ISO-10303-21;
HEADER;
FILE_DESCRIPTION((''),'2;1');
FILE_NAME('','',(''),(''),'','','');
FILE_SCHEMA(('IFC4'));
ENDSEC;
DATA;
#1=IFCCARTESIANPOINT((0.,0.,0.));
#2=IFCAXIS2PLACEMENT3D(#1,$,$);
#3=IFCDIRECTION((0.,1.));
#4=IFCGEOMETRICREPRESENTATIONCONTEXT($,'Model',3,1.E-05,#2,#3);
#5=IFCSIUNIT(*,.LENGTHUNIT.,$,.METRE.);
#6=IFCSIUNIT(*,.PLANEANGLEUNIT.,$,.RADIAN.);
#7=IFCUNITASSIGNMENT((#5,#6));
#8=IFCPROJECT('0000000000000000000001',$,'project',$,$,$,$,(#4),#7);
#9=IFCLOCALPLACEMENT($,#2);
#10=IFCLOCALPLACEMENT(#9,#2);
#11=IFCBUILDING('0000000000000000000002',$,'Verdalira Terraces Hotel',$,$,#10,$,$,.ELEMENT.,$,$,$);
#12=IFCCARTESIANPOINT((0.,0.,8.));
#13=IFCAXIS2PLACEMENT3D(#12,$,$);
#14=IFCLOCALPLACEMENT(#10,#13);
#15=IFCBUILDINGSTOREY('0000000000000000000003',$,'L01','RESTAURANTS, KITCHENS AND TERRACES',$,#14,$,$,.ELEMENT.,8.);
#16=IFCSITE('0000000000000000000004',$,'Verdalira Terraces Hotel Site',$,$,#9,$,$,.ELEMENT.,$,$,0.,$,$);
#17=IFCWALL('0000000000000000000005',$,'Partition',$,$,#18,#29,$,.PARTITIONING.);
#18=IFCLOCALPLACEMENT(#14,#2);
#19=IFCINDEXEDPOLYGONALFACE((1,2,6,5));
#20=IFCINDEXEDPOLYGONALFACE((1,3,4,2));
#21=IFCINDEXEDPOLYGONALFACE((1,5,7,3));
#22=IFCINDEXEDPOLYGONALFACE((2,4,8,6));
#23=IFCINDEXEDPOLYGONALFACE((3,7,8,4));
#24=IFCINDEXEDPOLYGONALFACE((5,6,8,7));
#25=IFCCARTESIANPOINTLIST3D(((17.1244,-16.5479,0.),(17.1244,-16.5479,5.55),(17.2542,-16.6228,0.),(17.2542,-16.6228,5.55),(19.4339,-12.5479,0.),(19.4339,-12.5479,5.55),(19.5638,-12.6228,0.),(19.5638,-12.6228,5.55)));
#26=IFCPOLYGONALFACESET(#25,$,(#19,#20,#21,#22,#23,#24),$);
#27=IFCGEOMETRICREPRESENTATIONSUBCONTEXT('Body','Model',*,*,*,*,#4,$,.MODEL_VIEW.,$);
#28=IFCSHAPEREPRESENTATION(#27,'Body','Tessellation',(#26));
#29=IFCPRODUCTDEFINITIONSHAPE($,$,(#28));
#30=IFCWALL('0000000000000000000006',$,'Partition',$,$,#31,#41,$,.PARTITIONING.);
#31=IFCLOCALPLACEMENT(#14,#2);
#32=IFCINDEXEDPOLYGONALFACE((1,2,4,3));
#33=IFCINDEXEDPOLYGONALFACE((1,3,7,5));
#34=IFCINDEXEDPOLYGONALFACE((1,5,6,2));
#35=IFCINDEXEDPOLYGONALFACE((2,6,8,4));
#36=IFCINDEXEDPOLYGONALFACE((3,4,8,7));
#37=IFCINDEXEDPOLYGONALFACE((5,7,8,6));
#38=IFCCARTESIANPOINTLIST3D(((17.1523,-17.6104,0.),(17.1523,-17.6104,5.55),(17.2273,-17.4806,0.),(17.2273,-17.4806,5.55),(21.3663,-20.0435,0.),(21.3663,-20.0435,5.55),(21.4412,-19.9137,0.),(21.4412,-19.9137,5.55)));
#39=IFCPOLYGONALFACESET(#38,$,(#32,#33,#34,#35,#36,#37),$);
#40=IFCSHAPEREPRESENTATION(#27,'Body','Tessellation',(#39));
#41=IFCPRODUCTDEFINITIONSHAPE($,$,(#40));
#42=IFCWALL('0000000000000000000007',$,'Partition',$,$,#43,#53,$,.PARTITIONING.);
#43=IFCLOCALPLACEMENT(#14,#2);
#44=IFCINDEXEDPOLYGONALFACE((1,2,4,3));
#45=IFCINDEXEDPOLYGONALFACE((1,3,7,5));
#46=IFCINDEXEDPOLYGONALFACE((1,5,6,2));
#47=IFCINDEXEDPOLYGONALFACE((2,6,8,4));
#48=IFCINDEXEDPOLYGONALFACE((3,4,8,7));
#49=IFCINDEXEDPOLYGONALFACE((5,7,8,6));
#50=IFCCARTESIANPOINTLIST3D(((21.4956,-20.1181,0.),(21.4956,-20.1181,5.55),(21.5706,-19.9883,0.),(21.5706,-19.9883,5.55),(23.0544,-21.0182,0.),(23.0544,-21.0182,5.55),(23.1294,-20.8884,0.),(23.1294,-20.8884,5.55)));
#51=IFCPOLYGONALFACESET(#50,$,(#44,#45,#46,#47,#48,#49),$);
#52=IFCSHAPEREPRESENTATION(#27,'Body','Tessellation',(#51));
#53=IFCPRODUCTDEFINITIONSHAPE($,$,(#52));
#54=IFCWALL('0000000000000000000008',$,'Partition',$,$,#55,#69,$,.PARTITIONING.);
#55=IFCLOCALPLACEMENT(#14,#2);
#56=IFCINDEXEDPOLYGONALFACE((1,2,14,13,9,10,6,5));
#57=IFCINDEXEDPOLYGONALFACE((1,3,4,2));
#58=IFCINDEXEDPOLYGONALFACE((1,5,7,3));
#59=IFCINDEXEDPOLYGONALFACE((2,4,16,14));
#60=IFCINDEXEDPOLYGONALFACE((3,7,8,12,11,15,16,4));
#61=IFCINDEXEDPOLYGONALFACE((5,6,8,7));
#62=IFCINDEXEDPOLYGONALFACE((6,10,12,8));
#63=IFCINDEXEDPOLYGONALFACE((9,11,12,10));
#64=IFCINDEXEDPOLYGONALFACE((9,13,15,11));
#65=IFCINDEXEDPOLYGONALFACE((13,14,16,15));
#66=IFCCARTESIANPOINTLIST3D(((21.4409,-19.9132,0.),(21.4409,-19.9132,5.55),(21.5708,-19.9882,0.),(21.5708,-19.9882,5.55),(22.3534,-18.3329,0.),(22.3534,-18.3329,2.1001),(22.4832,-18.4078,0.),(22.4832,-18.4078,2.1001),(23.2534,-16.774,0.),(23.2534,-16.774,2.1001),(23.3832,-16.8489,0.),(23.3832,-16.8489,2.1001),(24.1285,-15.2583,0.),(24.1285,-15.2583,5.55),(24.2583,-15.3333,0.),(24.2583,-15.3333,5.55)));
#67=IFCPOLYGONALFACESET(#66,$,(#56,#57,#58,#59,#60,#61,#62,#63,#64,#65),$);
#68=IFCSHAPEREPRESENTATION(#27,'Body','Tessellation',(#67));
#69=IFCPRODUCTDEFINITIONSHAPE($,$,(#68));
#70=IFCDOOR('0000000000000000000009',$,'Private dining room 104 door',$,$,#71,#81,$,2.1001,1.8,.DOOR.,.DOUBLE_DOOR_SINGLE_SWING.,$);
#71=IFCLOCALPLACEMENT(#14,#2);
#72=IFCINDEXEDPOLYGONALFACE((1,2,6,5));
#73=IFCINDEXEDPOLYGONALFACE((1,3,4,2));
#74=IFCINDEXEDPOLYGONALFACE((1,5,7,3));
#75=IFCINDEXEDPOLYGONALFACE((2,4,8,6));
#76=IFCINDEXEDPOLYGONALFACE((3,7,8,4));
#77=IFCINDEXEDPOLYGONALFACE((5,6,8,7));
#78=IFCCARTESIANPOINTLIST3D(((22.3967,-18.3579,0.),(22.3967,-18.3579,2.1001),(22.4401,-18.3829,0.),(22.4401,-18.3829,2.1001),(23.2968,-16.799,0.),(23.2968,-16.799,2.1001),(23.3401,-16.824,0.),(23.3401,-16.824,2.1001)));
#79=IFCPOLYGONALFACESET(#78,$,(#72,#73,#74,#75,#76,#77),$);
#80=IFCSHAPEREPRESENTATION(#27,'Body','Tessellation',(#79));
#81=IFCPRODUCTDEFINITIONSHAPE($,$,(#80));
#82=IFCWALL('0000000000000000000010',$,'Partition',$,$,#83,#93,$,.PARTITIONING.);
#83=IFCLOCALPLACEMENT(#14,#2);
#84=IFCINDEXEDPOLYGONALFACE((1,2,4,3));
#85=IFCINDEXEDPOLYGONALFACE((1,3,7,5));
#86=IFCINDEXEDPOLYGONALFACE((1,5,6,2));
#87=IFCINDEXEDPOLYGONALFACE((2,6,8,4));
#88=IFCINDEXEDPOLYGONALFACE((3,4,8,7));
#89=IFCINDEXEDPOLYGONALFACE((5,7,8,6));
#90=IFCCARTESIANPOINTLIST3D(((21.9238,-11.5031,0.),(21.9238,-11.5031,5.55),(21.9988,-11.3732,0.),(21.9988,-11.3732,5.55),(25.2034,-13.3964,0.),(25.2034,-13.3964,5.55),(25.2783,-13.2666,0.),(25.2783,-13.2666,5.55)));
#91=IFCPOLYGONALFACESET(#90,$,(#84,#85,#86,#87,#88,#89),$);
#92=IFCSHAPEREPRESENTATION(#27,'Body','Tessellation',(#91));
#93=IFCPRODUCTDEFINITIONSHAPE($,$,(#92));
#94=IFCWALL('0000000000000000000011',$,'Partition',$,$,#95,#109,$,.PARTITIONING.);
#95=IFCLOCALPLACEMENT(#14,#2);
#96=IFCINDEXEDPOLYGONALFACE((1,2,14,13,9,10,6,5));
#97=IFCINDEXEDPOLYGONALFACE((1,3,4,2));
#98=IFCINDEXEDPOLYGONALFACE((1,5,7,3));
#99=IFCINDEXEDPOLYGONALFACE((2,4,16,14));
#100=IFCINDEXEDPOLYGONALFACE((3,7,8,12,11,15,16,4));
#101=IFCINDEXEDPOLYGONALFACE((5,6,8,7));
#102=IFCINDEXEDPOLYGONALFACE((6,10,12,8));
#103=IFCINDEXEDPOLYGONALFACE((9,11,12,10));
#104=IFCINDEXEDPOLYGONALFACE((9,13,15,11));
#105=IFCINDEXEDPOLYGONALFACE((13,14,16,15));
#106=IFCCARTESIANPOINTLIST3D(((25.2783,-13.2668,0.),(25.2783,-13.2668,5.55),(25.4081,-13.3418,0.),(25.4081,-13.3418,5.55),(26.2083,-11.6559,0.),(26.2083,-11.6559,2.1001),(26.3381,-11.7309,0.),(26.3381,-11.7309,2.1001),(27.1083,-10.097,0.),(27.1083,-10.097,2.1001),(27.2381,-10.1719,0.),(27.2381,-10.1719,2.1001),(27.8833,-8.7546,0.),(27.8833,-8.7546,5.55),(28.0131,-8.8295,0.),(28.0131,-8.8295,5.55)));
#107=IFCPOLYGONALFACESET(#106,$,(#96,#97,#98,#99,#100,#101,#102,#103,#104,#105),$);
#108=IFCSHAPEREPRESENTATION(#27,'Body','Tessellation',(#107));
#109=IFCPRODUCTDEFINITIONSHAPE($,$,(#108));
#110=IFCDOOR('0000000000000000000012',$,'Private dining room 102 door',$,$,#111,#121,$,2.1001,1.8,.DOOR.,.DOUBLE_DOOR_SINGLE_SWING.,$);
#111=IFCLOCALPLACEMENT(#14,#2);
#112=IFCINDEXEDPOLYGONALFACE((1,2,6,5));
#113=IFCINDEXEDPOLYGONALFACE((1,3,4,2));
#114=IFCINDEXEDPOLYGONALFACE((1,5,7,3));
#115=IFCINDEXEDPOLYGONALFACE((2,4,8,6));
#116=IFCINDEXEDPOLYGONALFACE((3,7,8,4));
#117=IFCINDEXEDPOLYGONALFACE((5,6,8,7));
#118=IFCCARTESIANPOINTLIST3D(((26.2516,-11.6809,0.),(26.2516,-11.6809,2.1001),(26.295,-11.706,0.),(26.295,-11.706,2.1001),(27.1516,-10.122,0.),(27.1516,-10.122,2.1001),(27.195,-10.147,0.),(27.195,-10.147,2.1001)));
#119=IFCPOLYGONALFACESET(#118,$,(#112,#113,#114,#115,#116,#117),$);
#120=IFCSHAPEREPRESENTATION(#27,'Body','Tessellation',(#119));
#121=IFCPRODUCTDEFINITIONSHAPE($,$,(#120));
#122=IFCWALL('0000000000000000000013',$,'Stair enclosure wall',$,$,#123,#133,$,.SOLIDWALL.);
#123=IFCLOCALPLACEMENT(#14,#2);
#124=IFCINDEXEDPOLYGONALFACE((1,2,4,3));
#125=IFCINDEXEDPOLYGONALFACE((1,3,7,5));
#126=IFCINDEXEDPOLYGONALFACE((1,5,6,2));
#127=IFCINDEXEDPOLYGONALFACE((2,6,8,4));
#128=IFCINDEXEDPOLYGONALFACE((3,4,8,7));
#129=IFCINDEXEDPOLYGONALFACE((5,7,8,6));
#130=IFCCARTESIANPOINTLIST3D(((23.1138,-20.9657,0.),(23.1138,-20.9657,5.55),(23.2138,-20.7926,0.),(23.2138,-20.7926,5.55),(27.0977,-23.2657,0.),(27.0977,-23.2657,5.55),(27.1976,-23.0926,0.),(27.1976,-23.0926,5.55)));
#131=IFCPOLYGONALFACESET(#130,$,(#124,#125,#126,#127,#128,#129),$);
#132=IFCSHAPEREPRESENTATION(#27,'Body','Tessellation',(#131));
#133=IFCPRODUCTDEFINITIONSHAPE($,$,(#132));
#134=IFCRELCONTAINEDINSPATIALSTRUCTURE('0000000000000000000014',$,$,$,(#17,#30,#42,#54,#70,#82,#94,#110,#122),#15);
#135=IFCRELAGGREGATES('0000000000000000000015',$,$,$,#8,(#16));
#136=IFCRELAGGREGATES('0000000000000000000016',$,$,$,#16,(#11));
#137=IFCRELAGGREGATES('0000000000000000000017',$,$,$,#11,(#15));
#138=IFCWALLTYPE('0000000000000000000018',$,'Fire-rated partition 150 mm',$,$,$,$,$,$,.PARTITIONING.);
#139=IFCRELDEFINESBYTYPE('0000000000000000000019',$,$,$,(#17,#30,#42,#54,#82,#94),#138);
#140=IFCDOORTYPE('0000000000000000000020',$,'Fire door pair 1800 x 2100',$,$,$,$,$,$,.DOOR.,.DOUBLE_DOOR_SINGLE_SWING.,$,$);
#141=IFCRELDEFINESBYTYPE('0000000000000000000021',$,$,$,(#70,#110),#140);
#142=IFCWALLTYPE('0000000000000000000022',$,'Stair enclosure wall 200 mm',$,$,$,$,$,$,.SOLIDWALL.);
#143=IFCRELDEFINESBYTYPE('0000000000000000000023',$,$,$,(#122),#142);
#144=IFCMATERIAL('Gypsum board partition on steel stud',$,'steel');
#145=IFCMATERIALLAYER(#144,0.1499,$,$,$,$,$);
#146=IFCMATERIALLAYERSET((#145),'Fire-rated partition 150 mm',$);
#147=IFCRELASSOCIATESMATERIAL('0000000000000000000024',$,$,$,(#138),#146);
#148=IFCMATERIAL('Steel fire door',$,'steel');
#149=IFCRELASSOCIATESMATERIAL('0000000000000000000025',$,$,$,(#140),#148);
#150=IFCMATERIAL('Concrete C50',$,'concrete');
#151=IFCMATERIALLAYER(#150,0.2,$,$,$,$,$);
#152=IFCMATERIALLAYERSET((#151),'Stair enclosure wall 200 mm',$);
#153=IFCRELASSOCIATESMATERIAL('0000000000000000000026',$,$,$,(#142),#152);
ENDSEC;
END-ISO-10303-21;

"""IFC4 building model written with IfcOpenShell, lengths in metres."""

from ifc_helpers import new_model, si_unit, direction, frame, frame_2d, origin, place, context, subcontext, project, spatial, rectangle, extrude, material, layer, layer_set, type_object, element, fill, save


model = new_model("IFC4")

# Units and contexts
model_context = context("Model", 3, precision=1e-05, world=origin(), true_north=direction((0.0, 1.0)))
body_context = subcontext(model_context, "Body", "Model", "MODEL_VIEW")
ifc_project = project(units=[si_unit("LENGTHUNIT", "METRE"), si_unit("PLANEANGLEUNIT", "RADIAN")], contexts=[model_context])

# Site, building, storey
site_placement = place(None, origin())
site = spatial("IfcSite", under=ifc_project, at=site_placement, Name="Verdalira Terraces Hotel Site", CompositionType="ELEMENT", RefElevation=0.0)
building_placement = place(site_placement, origin())
building = spatial("IfcBuilding", under=site, at=building_placement, Name="Verdalira Terraces Hotel", CompositionType="ELEMENT")
storey_placement = place(building_placement, frame((0.0, 0.0, 8.0)))
storey = spatial("IfcBuildingStorey", under=building, at=storey_placement, Name="L01", Description="RESTAURANTS, KITCHENS AND TERRACES", CompositionType="ELEMENT", Elevation=8.0)

# Shared definitions
ifc_material_1 = material(Name="Gypsum board partition on steel stud", Category="steel")
ifc_layer_1 = layer(ifc_material_1, 0.1499)
ifc_layer_set_1 = layer_set([ifc_layer_1], Name="Fire-rated partition 150 mm")
wall_type_1 = type_object("IfcWallType", Name="Fire-rated partition 150 mm", PredefinedType="PARTITIONING", material=ifc_layer_set_1)

# Shared definitions
ifc_material_2 = material(Name="Steel fire door", Category="steel")
door_type_1 = type_object("IfcDoorType", Name="Fire door pair 1800 x 2100", OperationType="DOUBLE_DOOR_SINGLE_SWING", PredefinedType="DOOR", material=ifc_material_2)

# Walls
wall_1_placement = place(storey_placement, frame((17.1892, -16.5854, 0.0), z_axis=(0.0, 0.0, 1.0), x_axis=(0.500027, 0.86601, 0.0)))
element("IfcWall", 1, at=wall_1_placement, inside=storey, type_object=wall_type_1, Name="Partition", PredefinedType="PARTITIONING", context=body_context, shape_type="SweptSolid", body=[
    extrude(rectangle(XDim=4.6189, YDim=0.1499, at=frame_2d((2.3096, 0.0))), origin(), (0.0, 0.0, 1.0), 5.55),
])
wall_2_placement = place(storey_placement, frame((17.1897, -17.5454, 0.0), z_axis=(0.0, 0.0, 1.0), x_axis=(0.866005, -0.500035, 0.0)))
element("IfcWall", 2, at=wall_2_placement, inside=storey, type_object=wall_type_1, Name="Partition", PredefinedType="PARTITIONING", context=body_context, shape_type="SweptSolid", body=[
    extrude(rectangle(XDim=4.866, YDim=0.1499, at=frame_2d((2.4331, 0.0))), origin(), (0.0, 0.0, 1.0), 5.55),
])
wall_3_placement = place(storey_placement, frame((21.5332, -20.0532, 0.0), z_axis=(0.0, 0.0, 1.0), x_axis=(0.865989, -0.500063, 0.0)))
element("IfcWall", 3, at=wall_3_placement, inside=storey, type_object=wall_type_1, Name="Partition", PredefinedType="PARTITIONING", context=body_context, shape_type="SweptSolid", body=[
    extrude(rectangle(XDim=1.8, YDim=0.1499, at=frame_2d((0.8999, 0.0))), origin(), (0.0, 0.0, 1.0), 5.55),
])

# Wall, opening, door
wall_4_placement = place(storey_placement, frame((21.5059, -19.9507, 0.0), z_axis=(0.0, 0.0, 1.0), x_axis=(0.500008, 0.866021, 0.0)))
wall_4 = element("IfcWall", 4, at=wall_4_placement, inside=storey, type_object=wall_type_1, Name="Partition", PredefinedType="PARTITIONING", context=body_context, shape_type="SweptSolid", body=[
    extrude(rectangle(XDim=5.375, YDim=0.1499, at=frame_2d((2.6875, 0.0))), origin(), (0.0, 0.0, 1.0), 5.55),
])
opening_1_placement = place(wall_4_placement, frame((1.825, 0.0, 0.0)))
opening_1 = element("IfcOpeningElement", 5, at=opening_1_placement, cuts=wall_4, PredefinedType="OPENING", context=body_context, shape_type="SweptSolid", body=[
    extrude(rectangle(XDim=1.8, YDim=2.1001, at=frame_2d((0.8999, 1.05))), frame((0.0, 0.085, 0.0), z_axis=(0.0, -1.0, 0.0), x_axis=(1.0, 0.0, 0.0)), (0.0, 0.0, 1.0), 0.1699),
])
door_1_placement = place(opening_1_placement, origin())
door_1 = element("IfcDoor", 6, at=door_1_placement, inside=storey, type_object=door_type_1, Name="Private dining room 104 door", OperationType="DOUBLE_DOOR_SINGLE_SWING", OverallHeight=2.1001, OverallWidth=1.8, PredefinedType="DOOR", context=body_context, shape_type="SweptSolid", body=[
    extrude(rectangle(XDim=1.8, YDim=2.1001, at=frame_2d((0.8999, 1.05))), frame((0.0, 0.0249, 0.0), z_axis=(0.0, -1.0, 0.0), x_axis=(1.0, 0.0, 0.0)), (0.0, 0.0, 1.0), 0.05),
])
fill(opening_1, door_1)

# Wall
wall_5_placement = place(storey_placement, frame((25.241, -13.3315, 0.0), z_axis=(0.0, 0.0, 1.0), x_axis=(-0.866041, 0.499974, 0.0)))
element("IfcWall", 7, at=wall_5_placement, inside=storey, type_object=wall_type_1, Name="Partition", PredefinedType="PARTITIONING", context=body_context, shape_type="SweptSolid", body=[
    extrude(rectangle(XDim=3.7869, YDim=0.1499, at=frame_2d((1.8936, 0.0))), origin(), (0.0, 0.0, 1.0), 5.55),
])

# Wall, opening, door
wall_6_placement = place(storey_placement, frame((25.3433, -13.3042, 0.0), z_axis=(0.0, 0.0, 1.0), x_axis=(0.499979, 0.866037, 0.0)))
wall_6 = element("IfcWall", 8, at=wall_6_placement, inside=storey, type_object=wall_type_1, Name="Partition", PredefinedType="PARTITIONING", context=body_context, shape_type="SweptSolid", body=[
    extrude(rectangle(XDim=5.2102, YDim=0.1499, at=frame_2d((2.605, 0.0))), origin(), (0.0, 0.0, 1.0), 5.55),
])
opening_2_placement = place(wall_6_placement, frame((1.8601, 0.0, 0.0)))
opening_2 = element("IfcOpeningElement", 9, at=opening_2_placement, cuts=wall_6, PredefinedType="OPENING", context=body_context, shape_type="SweptSolid", body=[
    extrude(rectangle(XDim=1.8, YDim=2.1001, at=frame_2d((0.8999, 1.05))), frame((0.0, 0.085, 0.0), z_axis=(0.0, -1.0, 0.0), x_axis=(1.0, 0.0, 0.0)), (0.0, 0.0, 1.0), 0.1699),
])
door_2_placement = place(opening_2_placement, origin())
door_2 = element("IfcDoor", 10, at=door_2_placement, inside=storey, type_object=door_type_1, Name="Private dining room 102 door", OperationType="DOUBLE_DOOR_SINGLE_SWING", OverallHeight=2.1001, OverallWidth=1.8, PredefinedType="DOOR", context=body_context, shape_type="SweptSolid", body=[
    extrude(rectangle(XDim=1.8, YDim=2.1001, at=frame_2d((0.8999, 1.05))), frame((0.0, 0.0249, 0.0), z_axis=(0.0, -1.0, 0.0), x_axis=(1.0, 0.0, 0.0)), (0.0, 0.0, 1.0), 0.05),
])
fill(opening_2, door_2)

# Wall
ifc_material_3 = material(Name="Concrete C50", Category="concrete")
ifc_layer_2 = layer(ifc_material_3, 0.2)
ifc_layer_set_2 = layer_set([ifc_layer_2], Name="Stair enclosure wall 200 mm")
wall_type_2 = type_object("IfcWallType", Name="Stair enclosure wall 200 mm", PredefinedType="SOLIDWALL", material=ifc_layer_set_2)
wall_7_placement = place(storey_placement, frame((23.1638, -20.8791, 0.0), z_axis=(0.0, 0.0, 1.0), x_axis=(0.86603, -0.499992, 0.0)))
element("IfcWall", 11, at=wall_7_placement, inside=storey, type_object=wall_type_2, Name="Stair enclosure wall", PredefinedType="SOLIDWALL", context=body_context, shape_type="SweptSolid", body=[
    extrude(rectangle(XDim=4.6001, YDim=0.2, at=frame_2d((2.3, 0.0))), origin(), (0.0, 0.0, 1.0), 5.55),
])

save(model, "model.ifc")
